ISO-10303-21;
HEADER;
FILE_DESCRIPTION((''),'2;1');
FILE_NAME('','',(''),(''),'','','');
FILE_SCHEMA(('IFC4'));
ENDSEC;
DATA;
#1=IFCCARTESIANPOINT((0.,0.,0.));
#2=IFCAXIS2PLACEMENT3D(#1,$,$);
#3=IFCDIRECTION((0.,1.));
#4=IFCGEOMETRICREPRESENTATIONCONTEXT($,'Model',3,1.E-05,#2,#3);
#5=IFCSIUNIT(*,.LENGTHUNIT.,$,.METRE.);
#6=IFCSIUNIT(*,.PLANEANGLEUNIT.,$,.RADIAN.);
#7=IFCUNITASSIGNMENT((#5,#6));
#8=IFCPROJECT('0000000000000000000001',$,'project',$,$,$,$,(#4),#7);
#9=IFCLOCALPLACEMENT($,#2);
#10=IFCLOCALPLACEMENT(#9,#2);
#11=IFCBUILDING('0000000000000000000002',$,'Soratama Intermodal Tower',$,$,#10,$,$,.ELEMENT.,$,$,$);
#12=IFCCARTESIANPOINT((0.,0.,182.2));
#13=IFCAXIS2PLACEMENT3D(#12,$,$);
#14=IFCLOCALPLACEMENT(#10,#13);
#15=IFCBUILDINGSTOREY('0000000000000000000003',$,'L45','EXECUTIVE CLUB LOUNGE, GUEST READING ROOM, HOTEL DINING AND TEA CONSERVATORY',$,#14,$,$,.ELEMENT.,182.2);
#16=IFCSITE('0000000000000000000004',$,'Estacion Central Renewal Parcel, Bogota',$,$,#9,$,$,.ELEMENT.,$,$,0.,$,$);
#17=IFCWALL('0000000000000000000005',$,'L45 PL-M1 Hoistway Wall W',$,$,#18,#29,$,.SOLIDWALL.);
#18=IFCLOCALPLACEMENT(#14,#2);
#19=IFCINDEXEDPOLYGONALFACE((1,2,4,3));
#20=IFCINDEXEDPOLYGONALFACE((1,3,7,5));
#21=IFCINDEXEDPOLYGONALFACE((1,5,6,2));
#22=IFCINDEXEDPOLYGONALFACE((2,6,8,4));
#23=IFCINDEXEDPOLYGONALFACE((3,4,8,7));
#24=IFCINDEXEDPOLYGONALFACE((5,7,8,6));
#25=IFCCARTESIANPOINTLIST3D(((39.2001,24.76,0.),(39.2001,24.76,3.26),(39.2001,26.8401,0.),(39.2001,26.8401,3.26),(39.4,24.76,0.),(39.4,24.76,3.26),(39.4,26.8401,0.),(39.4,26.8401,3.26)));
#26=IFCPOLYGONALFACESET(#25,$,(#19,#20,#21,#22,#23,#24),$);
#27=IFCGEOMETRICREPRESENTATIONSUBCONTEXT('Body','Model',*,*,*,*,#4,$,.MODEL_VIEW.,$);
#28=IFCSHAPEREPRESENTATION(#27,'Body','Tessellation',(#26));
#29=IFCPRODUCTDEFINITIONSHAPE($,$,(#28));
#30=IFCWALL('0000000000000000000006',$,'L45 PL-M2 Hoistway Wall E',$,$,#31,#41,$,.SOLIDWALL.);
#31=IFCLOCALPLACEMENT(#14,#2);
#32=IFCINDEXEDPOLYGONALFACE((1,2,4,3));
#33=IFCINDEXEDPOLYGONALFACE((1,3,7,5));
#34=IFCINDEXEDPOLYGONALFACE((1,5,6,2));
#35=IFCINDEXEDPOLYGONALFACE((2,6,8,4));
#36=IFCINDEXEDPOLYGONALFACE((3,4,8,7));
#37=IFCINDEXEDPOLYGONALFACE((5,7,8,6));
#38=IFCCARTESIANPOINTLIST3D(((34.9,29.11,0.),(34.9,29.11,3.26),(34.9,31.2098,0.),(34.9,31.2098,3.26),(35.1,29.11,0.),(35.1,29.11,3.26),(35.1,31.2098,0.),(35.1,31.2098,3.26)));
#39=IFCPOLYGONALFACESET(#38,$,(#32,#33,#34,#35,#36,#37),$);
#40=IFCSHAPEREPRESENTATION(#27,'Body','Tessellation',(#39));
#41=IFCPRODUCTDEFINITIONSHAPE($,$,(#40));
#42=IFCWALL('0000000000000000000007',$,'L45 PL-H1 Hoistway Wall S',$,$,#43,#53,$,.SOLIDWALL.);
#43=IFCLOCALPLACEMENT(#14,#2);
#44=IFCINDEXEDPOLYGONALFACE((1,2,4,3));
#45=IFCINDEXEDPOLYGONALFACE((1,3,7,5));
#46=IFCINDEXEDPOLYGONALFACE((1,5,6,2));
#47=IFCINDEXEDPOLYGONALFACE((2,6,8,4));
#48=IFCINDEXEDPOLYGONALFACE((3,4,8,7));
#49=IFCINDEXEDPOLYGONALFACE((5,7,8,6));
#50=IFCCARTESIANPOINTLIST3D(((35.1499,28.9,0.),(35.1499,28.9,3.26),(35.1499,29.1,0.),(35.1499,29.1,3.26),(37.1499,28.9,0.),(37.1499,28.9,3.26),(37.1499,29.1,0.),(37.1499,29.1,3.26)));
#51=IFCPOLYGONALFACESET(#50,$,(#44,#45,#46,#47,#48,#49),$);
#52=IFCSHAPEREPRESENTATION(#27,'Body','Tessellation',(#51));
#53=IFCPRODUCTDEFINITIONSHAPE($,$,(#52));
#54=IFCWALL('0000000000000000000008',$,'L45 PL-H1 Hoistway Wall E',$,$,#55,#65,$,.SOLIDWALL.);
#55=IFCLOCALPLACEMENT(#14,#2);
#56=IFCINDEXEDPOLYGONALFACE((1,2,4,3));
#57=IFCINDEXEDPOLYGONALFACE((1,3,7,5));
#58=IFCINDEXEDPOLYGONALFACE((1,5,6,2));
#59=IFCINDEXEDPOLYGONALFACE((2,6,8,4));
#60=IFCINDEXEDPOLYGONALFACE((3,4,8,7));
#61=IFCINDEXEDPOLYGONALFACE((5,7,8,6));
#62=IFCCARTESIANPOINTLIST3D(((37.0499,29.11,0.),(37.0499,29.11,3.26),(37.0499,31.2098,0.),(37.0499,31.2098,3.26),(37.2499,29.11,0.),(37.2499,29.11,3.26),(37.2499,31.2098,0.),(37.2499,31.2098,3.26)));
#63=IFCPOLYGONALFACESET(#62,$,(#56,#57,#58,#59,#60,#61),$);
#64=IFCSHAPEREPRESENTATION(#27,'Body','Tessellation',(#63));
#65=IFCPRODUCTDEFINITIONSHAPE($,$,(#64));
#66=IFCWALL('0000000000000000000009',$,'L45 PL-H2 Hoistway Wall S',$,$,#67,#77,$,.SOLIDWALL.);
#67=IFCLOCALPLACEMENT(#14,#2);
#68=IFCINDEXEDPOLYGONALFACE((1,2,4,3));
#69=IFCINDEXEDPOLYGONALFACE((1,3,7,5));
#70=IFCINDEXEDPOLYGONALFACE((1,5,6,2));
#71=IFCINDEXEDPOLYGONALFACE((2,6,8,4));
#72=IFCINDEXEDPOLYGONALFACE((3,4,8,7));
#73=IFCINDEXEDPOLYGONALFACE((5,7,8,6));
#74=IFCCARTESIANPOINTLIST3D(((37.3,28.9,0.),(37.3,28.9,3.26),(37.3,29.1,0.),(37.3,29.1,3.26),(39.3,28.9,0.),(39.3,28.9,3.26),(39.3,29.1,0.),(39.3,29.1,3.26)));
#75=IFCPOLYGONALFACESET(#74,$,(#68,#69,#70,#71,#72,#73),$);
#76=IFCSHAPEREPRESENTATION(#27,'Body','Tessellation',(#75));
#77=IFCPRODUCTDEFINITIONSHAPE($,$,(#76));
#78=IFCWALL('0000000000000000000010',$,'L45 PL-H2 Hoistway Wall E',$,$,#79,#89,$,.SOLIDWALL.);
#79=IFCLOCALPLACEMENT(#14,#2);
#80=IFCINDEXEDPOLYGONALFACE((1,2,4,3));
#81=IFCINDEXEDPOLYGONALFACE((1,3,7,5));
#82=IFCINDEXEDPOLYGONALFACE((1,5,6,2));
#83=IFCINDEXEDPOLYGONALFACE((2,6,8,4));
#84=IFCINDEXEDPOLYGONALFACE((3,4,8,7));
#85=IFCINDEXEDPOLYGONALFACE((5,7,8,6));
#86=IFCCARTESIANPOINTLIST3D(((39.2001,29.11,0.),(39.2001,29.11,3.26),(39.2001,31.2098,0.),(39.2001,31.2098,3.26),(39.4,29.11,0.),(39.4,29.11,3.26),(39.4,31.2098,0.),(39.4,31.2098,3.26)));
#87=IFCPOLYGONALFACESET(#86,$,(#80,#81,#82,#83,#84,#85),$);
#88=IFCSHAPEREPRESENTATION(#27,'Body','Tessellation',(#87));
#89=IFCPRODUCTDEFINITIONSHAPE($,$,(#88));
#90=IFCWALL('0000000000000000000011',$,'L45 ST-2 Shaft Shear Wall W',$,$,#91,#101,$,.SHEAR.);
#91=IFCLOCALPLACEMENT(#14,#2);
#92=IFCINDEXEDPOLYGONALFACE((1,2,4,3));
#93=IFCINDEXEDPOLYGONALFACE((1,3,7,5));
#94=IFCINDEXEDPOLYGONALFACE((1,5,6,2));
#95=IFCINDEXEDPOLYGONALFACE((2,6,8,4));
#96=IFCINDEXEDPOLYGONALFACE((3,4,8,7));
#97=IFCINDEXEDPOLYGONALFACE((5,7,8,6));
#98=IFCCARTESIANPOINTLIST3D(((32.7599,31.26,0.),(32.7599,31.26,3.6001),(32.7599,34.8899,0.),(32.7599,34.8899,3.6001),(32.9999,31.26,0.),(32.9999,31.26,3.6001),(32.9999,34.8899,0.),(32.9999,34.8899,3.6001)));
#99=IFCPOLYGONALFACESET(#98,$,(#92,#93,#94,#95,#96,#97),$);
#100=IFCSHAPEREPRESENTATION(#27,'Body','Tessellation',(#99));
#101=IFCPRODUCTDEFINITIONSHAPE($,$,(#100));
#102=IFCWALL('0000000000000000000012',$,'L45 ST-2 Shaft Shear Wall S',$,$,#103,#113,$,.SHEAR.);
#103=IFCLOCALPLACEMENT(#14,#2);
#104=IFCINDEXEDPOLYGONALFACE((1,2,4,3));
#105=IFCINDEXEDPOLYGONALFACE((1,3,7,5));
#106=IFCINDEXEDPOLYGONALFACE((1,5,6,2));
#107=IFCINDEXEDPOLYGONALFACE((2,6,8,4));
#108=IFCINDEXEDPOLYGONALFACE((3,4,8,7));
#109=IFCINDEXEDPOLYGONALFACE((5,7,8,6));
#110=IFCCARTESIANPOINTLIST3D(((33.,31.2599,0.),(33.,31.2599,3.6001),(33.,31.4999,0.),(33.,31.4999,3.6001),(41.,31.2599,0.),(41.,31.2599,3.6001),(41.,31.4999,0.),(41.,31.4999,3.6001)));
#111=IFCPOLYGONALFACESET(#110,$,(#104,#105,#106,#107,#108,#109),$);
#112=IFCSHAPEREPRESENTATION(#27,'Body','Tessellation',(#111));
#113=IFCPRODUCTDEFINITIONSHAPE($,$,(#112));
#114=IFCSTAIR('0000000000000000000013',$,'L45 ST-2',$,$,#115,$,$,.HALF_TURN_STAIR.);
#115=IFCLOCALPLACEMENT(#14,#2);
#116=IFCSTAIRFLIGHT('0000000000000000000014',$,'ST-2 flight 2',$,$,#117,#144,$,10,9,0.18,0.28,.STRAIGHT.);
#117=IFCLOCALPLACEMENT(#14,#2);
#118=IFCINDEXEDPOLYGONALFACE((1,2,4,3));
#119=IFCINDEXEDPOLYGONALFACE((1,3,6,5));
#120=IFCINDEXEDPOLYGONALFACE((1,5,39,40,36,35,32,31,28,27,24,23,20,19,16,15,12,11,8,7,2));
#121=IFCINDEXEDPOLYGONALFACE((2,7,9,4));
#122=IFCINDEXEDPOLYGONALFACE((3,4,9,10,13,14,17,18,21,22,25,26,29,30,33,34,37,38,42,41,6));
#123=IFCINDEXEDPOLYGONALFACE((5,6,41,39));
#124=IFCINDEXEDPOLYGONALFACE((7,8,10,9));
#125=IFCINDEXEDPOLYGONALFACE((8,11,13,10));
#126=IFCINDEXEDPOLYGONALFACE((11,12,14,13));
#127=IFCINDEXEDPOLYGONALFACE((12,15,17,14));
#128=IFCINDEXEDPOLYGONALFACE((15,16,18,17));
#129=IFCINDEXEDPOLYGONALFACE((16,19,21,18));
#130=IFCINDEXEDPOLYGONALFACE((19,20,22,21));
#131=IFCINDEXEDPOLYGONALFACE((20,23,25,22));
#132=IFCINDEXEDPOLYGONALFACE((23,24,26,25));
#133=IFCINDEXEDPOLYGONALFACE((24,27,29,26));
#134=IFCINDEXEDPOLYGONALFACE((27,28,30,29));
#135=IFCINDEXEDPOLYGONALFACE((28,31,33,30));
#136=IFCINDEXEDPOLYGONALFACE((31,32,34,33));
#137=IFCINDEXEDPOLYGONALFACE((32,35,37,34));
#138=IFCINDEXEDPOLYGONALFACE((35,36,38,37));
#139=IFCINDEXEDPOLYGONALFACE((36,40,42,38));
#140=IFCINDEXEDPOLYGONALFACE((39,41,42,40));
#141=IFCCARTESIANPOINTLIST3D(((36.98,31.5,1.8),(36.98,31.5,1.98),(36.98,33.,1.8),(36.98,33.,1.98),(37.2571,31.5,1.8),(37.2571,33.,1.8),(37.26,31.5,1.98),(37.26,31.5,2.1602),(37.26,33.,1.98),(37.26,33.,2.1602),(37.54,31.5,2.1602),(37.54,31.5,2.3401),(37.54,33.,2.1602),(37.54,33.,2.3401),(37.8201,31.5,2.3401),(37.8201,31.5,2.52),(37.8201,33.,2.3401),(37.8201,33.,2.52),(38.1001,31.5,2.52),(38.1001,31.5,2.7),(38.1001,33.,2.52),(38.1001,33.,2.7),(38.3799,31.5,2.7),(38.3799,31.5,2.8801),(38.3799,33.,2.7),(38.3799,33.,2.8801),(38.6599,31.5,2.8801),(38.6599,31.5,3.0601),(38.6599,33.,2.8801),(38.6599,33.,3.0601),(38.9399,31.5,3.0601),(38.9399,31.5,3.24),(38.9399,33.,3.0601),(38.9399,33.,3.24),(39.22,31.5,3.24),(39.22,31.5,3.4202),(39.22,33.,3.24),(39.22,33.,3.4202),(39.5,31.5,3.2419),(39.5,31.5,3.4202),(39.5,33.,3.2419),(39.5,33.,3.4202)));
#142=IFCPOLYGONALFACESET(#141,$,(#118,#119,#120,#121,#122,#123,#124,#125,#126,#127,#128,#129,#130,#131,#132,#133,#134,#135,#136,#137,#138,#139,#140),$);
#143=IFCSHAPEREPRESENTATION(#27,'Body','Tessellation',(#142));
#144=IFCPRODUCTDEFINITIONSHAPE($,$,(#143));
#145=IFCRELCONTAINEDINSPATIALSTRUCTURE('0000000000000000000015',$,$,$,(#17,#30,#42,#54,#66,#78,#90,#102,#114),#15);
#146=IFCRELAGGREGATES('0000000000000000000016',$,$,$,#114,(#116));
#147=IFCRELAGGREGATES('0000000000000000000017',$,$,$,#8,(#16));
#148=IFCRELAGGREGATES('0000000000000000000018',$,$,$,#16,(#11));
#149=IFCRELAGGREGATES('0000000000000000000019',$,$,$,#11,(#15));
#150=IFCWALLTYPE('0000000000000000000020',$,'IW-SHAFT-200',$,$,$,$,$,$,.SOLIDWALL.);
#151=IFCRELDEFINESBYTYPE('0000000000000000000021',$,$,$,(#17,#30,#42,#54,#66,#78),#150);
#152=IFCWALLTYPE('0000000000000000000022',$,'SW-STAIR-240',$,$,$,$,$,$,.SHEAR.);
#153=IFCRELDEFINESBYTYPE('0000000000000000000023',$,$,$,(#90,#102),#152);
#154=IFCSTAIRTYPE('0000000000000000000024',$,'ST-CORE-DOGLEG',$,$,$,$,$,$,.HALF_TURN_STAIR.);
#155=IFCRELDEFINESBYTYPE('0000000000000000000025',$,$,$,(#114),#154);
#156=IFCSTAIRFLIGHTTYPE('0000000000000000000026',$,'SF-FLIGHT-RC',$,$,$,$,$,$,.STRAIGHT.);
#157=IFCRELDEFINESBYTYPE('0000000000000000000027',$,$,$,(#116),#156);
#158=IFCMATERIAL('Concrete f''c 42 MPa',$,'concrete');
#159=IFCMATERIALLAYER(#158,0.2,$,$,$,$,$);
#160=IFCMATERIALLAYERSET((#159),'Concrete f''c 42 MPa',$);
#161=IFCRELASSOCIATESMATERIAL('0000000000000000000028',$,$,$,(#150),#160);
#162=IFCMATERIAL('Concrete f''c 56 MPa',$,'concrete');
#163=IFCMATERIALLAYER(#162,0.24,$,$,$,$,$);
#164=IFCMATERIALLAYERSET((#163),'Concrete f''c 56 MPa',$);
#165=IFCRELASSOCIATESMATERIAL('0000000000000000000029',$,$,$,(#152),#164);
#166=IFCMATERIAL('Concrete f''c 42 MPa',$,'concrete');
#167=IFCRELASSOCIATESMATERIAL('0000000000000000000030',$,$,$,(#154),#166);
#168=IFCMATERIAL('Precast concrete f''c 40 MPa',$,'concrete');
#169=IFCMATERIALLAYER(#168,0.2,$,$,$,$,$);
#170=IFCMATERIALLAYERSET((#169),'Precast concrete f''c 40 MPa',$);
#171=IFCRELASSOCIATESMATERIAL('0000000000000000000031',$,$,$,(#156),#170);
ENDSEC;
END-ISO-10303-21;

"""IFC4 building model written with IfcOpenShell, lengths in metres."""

from ifc_helpers import new_model, si_unit, direction, frame, frame_2d, origin, place, context, subcontext, project, spatial, polyline, rectangle, outline, extrude, material, layer, layer_set, type_object, element, aggregate, save


model = new_model("IFC4")

# Units and contexts
model_context = context("Model", 3, precision=1e-05, world=origin(), true_north=direction((0.0, 1.0)))
body_context = subcontext(model_context, "Body", "Model", "MODEL_VIEW")
ifc_project = project(units=[si_unit("LENGTHUNIT", "METRE"), si_unit("PLANEANGLEUNIT", "RADIAN")], contexts=[model_context])

# Site, building, storey
site_placement = place(None, origin())
site = spatial("IfcSite", under=ifc_project, at=site_placement, Name="Estacion Central Renewal Parcel, Bogota", CompositionType="ELEMENT", RefElevation=0.0)
building_placement = place(site_placement, origin())
building = spatial("IfcBuilding", under=site, at=building_placement, Name="Soratama Intermodal Tower", CompositionType="ELEMENT")
storey_placement = place(building_placement, frame((0.0, 0.0, 182.2)))
storey = spatial("IfcBuildingStorey", under=building, at=storey_placement, Name="L45", Description="EXECUTIVE CLUB LOUNGE, GUEST READING ROOM, HOTEL DINING AND TEA CONSERVATORY", CompositionType="ELEMENT", Elevation=182.2)

# Shared definitions
ifc_material_1 = material(Name="Concrete f'c 42 MPa", Category="concrete")
ifc_layer_1 = layer(ifc_material_1, 0.2)
ifc_layer_set_1 = layer_set([ifc_layer_1], Name="Concrete f'c 42 MPa")
wall_type_1 = type_object("IfcWallType", Name="IW-SHAFT-200", PredefinedType="SOLIDWALL", material=ifc_layer_set_1)

# Wall
wall_1_placement = place(storey_placement, frame((39.3, 24.76, 0.0), z_axis=(0.0, 0.0, 1.0), x_axis=(0.0, 1.0, 0.0)))
element("IfcWall", 1, at=wall_1_placement, inside=storey, type_object=wall_type_1, Name="L45 PL-M1 Hoistway Wall W", PredefinedType="SOLIDWALL", context=body_context, shape_type="SweptSolid", body=[
    extrude(rectangle(XDim=2.0801, YDim=0.2, at=frame_2d((1.04, 0.0))), origin(), (0.0, 0.0, 1.0), 3.26),
])

# Walls
wall_2_placement = place(storey_placement, frame((35.0, 29.1101, 0.0), z_axis=(0.0, 0.0, 1.0), x_axis=(0.0, 1.0, 0.0)))
element("IfcWall", 2, at=wall_2_placement, inside=storey, type_object=wall_type_1, Name="L45 PL-M2 Hoistway Wall E", PredefinedType="SOLIDWALL", context=body_context, shape_type="SweptSolid", body=[
    extrude(rectangle(XDim=2.0999, YDim=0.2, at=frame_2d((1.0498, 0.0))), origin(), (0.0, 0.0, 1.0), 3.26),
])
wall_3_placement = place(storey_placement, frame((35.1499, 29.0, 0.0), z_axis=(0.0, 0.0, 1.0), x_axis=(1.0, 0.0, 0.0)))
element("IfcWall", 3, at=wall_3_placement, inside=storey, type_object=wall_type_1, Name="L45 PL-H1 Hoistway Wall S", PredefinedType="SOLIDWALL", context=body_context, shape_type="SweptSolid", body=[
    extrude(rectangle(XDim=2.0, YDim=0.2, at=frame_2d((1.0, 0.0))), origin(), (0.0, 0.0, 1.0), 3.26),
])
wall_4_placement = place(storey_placement, frame((37.1499, 29.1101, 0.0), z_axis=(0.0, 0.0, 1.0), x_axis=(0.0, 1.0, 0.0)))
element("IfcWall", 4, at=wall_4_placement, inside=storey, type_object=wall_type_1, Name="L45 PL-H1 Hoistway Wall E", PredefinedType="SOLIDWALL", context=body_context, shape_type="SweptSolid", body=[
    extrude(rectangle(XDim=2.0999, YDim=0.2, at=frame_2d((1.0498, 0.0))), origin(), (0.0, 0.0, 1.0), 3.26),
])
wall_5_placement = place(storey_placement, frame((37.3, 29.0, 0.0), z_axis=(0.0, 0.0, 1.0), x_axis=(1.0, 0.0, 0.0)))
element("IfcWall", 5, at=wall_5_placement, inside=storey, type_object=wall_type_1, Name="L45 PL-H2 Hoistway Wall S", PredefinedType="SOLIDWALL", context=body_context, shape_type="SweptSolid", body=[
    extrude(rectangle(XDim=2.0, YDim=0.2, at=frame_2d((1.0, 0.0))), origin(), (0.0, 0.0, 1.0), 3.26),
])
wall_6_placement = place(storey_placement, frame((39.3, 29.1101, 0.0), z_axis=(0.0, 0.0, 1.0), x_axis=(0.0, 1.0, 0.0)))
element("IfcWall", 6, at=wall_6_placement, inside=storey, type_object=wall_type_1, Name="L45 PL-H2 Hoistway Wall E", PredefinedType="SOLIDWALL", context=body_context, shape_type="SweptSolid", body=[
    extrude(rectangle(XDim=2.0999, YDim=0.2, at=frame_2d((1.0498, 0.0))), origin(), (0.0, 0.0, 1.0), 3.26),
])
ifc_material_2 = material(Name="Concrete f'c 56 MPa", Category="concrete")
ifc_layer_2 = layer(ifc_material_2, 0.24)
ifc_layer_set_2 = layer_set([ifc_layer_2], Name="Concrete f'c 56 MPa")
wall_type_2 = type_object("IfcWallType", Name="SW-STAIR-240", PredefinedType="SHEAR", material=ifc_layer_set_2)
wall_7_placement = place(storey_placement, frame((32.8799, 31.26, 0.0), z_axis=(0.0, 0.0, 1.0), x_axis=(0.0, 1.0, 0.0)))
element("IfcWall", 7, at=wall_7_placement, inside=storey, type_object=wall_type_2, Name="L45 ST-2 Shaft Shear Wall W", PredefinedType="SHEAR", context=body_context, shape_type="SweptSolid", body=[
    extrude(rectangle(XDim=3.6299, YDim=0.24, at=frame_2d((1.8149, 0.0))), origin(), (0.0, 0.0, 1.0), 3.6001),
])
wall_8_placement = place(storey_placement, frame((33.0, 31.3799, 0.0), z_axis=(0.0, 0.0, 1.0), x_axis=(1.0, 0.0, 0.0)))
element("IfcWall", 8, at=wall_8_placement, inside=storey, type_object=wall_type_2, Name="L45 ST-2 Shaft Shear Wall S", PredefinedType="SHEAR", context=body_context, shape_type="SweptSolid", body=[
    extrude(rectangle(XDim=8.0, YDim=0.24, at=frame_2d((4.0, 0.0))), origin(), (0.0, 0.0, 1.0), 3.6001),
])

# Stair, stair flight
ifc_material_3 = material(Name="Concrete f'c 42 MPa", Category="concrete")
stair_type = type_object("IfcStairType", Name="ST-CORE-DOGLEG", PredefinedType="HALF_TURN_STAIR", material=ifc_material_3)
stair_placement = place(storey_placement, origin())
stair = element("IfcStair", 9, at=stair_placement, inside=storey, type_object=stair_type, Name="L45 ST-2", PredefinedType="HALF_TURN_STAIR")
ifc_material_4 = material(Name="Precast concrete f'c 40 MPa", Category="concrete")
ifc_layer_3 = layer(ifc_material_4, 0.2)
ifc_layer_set_3 = layer_set([ifc_layer_3], Name="Precast concrete f'c 40 MPa")
stair_flight_type = type_object("IfcStairFlightType", Name="SF-FLIGHT-RC", PredefinedType="STRAIGHT", material=ifc_layer_set_3)
stair_flight_placement = place(storey_placement, frame((36.98, 32.25, 1.8), z_axis=(0.0, 0.0, 1.0), x_axis=(1.0, 0.0, 0.0)))
stair_flight = element("IfcStairFlight", 10, at=stair_flight_placement, type_object=stair_flight_type, Name="ST-2 flight 2", NumberOfRisers=10, NumberOfTreads=9, PredefinedType="STRAIGHT", RiserHeight=0.18, TreadLength=0.28, context=body_context, shape_type="SweptSolid", body=[
    extrude(outline(polyline([(0.0, 0.0), (0.0, 0.1799), (0.28, 0.1799), (0.28, 0.3601), (0.5601, 0.3601), (0.5601, 0.54), (0.8401, 0.54), (0.8401, 0.72), (1.1201, 0.72), (1.1201, 0.8999), (1.3999, 0.8999), (1.3999, 1.0801), (1.6799, 1.0801), (1.6799, 1.26), (1.96, 1.26), (1.96, 1.4399), (2.24, 1.4399), (2.24, 1.6201), (2.52, 1.6201), (2.52, 1.8), (2.52, 1.4419), (0.2771, 0.0), (0.0, 0.0)])), frame((0.0, 0.75, 0.0), z_axis=(0.0, -1.0, 0.0), x_axis=(1.0, 0.0, 0.0)), (0.0, 0.0, 1.0), 1.5),
])
aggregate(stair, [stair_flight])

save(model, "model.ifc")
